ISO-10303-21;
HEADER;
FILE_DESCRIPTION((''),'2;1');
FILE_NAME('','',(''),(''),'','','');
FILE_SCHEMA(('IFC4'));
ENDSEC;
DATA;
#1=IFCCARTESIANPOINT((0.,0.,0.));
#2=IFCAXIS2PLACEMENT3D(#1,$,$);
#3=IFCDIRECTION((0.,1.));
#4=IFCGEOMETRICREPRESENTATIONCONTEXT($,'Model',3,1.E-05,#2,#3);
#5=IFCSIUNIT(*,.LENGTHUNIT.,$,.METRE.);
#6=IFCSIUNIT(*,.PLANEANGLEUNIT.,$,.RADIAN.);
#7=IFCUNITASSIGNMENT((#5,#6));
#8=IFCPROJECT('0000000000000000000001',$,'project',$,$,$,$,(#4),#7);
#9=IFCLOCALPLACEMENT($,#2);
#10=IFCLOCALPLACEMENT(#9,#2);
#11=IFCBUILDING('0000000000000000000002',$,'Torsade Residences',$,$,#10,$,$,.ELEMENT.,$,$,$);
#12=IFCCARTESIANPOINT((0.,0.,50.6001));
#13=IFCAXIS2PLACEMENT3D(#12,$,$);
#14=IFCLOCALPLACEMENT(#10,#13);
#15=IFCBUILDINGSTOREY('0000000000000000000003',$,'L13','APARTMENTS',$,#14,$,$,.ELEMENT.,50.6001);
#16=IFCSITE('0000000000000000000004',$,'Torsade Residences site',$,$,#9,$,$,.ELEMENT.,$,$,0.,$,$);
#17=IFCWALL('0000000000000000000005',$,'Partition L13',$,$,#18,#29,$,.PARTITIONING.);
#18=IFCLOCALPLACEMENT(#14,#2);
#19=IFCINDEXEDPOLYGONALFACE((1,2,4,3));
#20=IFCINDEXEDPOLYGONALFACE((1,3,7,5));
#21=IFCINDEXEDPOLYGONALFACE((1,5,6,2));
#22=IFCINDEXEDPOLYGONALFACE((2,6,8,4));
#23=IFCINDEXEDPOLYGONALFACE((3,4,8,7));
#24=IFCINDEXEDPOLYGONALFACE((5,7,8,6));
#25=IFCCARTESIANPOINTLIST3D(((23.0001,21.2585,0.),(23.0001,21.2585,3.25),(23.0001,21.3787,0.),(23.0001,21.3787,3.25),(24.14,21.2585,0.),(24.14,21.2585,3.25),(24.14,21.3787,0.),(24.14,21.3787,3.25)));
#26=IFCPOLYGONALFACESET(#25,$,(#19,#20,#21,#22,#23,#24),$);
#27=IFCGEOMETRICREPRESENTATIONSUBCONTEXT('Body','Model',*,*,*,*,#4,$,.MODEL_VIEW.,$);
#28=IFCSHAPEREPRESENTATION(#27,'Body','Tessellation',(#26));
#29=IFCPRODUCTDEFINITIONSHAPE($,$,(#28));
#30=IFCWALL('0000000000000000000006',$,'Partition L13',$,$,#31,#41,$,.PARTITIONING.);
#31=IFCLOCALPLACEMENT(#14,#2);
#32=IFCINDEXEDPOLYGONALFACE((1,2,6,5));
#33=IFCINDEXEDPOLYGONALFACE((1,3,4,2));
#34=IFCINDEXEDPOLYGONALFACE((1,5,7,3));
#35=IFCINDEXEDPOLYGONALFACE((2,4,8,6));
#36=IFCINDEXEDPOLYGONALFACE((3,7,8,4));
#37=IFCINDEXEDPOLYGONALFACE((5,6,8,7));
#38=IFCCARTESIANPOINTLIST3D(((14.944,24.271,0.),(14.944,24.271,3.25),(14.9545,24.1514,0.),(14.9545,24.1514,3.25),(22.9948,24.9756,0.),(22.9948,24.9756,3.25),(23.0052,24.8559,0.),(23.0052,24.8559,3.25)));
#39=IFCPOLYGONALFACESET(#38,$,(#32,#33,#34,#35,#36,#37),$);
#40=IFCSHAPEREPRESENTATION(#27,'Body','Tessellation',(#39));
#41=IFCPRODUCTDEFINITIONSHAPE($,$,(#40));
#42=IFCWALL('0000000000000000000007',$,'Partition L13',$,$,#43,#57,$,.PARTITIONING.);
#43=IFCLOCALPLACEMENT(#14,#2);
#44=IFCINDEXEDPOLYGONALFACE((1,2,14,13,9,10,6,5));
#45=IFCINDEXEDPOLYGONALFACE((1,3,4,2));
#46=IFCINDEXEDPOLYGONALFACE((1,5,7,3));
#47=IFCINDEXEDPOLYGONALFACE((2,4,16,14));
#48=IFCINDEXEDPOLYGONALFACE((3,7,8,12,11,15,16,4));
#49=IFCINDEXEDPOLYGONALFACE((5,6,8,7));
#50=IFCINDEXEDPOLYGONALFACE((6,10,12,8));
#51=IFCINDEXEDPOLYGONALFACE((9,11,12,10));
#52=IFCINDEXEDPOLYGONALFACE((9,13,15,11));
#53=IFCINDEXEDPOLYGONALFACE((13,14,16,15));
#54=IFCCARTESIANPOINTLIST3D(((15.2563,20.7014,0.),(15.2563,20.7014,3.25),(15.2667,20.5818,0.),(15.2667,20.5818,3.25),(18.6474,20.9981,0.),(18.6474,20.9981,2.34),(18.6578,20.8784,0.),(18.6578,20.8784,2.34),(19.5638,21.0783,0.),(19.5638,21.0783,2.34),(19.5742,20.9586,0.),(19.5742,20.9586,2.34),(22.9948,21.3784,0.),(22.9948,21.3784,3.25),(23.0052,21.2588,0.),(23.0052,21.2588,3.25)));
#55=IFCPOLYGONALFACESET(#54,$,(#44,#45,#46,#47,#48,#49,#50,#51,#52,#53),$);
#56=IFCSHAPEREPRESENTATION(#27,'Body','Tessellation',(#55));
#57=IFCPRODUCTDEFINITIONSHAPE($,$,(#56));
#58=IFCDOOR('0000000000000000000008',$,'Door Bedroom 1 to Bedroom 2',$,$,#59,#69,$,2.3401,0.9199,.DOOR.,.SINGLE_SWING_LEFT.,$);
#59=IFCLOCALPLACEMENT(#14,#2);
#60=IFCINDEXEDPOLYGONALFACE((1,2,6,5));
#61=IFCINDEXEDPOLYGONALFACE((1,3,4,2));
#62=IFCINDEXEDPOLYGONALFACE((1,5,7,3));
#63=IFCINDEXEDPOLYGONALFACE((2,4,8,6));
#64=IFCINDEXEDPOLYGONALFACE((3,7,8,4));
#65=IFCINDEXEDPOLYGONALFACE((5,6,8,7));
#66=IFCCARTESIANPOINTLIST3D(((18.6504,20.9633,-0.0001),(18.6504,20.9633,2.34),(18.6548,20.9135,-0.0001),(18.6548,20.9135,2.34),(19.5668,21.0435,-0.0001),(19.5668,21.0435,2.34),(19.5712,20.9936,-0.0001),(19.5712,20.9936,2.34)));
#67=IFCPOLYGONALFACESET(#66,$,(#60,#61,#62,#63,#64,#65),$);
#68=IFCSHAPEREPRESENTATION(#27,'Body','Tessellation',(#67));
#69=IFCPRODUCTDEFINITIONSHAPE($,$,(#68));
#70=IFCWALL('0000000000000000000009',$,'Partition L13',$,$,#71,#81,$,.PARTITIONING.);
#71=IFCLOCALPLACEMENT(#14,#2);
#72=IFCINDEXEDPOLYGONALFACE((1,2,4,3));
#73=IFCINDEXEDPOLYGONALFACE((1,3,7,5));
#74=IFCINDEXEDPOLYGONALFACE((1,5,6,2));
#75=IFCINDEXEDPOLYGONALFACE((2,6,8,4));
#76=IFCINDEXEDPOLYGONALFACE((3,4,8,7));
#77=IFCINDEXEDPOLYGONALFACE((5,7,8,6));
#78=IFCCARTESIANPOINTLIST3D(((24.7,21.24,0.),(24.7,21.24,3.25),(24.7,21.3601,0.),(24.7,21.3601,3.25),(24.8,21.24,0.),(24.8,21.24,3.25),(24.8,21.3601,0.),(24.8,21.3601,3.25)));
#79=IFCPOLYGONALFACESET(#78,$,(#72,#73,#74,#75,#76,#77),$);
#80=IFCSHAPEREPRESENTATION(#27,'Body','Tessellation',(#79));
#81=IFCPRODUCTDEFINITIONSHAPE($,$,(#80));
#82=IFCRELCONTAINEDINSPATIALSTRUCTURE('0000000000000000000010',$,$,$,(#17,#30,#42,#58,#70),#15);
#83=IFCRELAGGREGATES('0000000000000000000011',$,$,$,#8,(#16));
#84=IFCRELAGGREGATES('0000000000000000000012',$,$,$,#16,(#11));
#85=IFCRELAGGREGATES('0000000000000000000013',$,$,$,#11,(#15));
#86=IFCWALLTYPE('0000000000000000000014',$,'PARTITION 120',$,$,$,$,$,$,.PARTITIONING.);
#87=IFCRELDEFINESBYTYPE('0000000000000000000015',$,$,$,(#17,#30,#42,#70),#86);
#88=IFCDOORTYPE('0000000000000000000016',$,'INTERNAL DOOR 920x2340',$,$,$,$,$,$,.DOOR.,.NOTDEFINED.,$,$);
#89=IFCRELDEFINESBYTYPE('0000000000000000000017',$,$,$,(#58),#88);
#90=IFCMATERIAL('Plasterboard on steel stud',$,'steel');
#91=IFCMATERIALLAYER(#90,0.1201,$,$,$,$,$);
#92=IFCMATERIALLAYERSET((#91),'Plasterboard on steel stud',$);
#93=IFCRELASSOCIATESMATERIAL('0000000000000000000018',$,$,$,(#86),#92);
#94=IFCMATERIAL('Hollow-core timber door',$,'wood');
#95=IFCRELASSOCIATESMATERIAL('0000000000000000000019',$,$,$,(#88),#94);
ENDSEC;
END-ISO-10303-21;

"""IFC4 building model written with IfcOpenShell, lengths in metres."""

from ifc_helpers import new_model, si_unit, direction, frame, frame_2d, origin, place, context, subcontext, project, spatial, rectangle, extrude, material, layer, layer_set, type_object, element, fill, save


model = new_model("IFC4")

# Units and contexts
model_context = context("Model", 3, precision=1e-05, world=origin(), true_north=direction((0.0, 1.0)))
body_context = subcontext(model_context, "Body", "Model", "MODEL_VIEW")
ifc_project = project(units=[si_unit("LENGTHUNIT", "METRE"), si_unit("PLANEANGLEUNIT", "RADIAN")], contexts=[model_context])

# Site, building, storey
site_placement = place(None, origin())
site = spatial("IfcSite", under=ifc_project, at=site_placement, Name="Torsade Residences site", CompositionType="ELEMENT", RefElevation=0.0)
building_placement = place(site_placement, origin())
building = spatial("IfcBuilding", under=site, at=building_placement, Name="Torsade Residences", CompositionType="ELEMENT")
storey_placement = place(building_placement, frame((0.0, 0.0, 50.6001)))
storey = spatial("IfcBuildingStorey", under=building, at=storey_placement, Name="L13", Description="APARTMENTS", CompositionType="ELEMENT", Elevation=50.6001)

# Shared definitions
ifc_material_1 = material(Name="Plasterboard on steel stud", Category="steel")
ifc_layer_1 = layer(ifc_material_1, 0.1201)
ifc_layer_set_1 = layer_set([ifc_layer_1], Name="Plasterboard on steel stud")
wall_type_1 = type_object("IfcWallType", Name="PARTITION 120", PredefinedType="PARTITIONING", material=ifc_layer_set_1)

# Shared definitions
ifc_material_2 = material(Name="Hollow-core timber door", Category="wood")
door_type_1 = type_object("IfcDoorType", Name="INTERNAL DOOR 920x2340", OperationType="NOTDEFINED", PredefinedType="DOOR", material=ifc_material_2)

# Walls
wall_1_placement = place(storey_placement, frame((24.1399, 21.3186, 0.0), z_axis=(0.0, 0.0, 1.0), x_axis=(-1.0, 0.0, 0.0)))
element("IfcWall", 1, at=wall_1_placement, inside=storey, type_object=wall_type_1, Name="Partition L13", PredefinedType="PARTITIONING", context=body_context, shape_type="SweptSolid", body=[
    extrude(rectangle(XDim=1.1399, YDim=0.1201, at=frame_2d((0.5698, 0.0))), origin(), (0.0, 0.0, 1.0), 3.25),
])
wall_2_placement = place(storey_placement, frame((23.0, 24.9158, 0.0), z_axis=(0.0, 0.0, 1.0), x_axis=(-0.996192, -0.087185, 0.0)))
element("IfcWall", 2, at=wall_2_placement, inside=storey, type_object=wall_type_1, Name="Partition L13", PredefinedType="PARTITIONING", context=body_context, shape_type="SweptSolid", body=[
    extrude(rectangle(XDim=8.0815, YDim=0.1201, at=frame_2d((4.0408, 0.0))), origin(), (0.0, 0.0, 1.0), 3.25),
])

# Wall, opening, door
wall_3_placement = place(storey_placement, frame((23.0, 21.3186, 0.0), z_axis=(0.0, 0.0, 1.0), x_axis=(-0.996195, -0.087152, 0.0)))
wall_3 = element("IfcWall", 3, at=wall_3_placement, inside=storey, type_object=wall_type_1, Name="Partition L13", PredefinedType="PARTITIONING", context=body_context, shape_type="SweptSolid", body=[
    extrude(rectangle(XDim=7.7681, YDim=0.1201, at=frame_2d((3.884, 0.0))), origin(), (0.0, 0.0, 1.0), 3.25),
])
opening_1_placement = place(wall_3_placement, frame((3.4441, 0.0, 0.0)))
opening_1 = element("IfcOpeningElement", 4, at=opening_1_placement, cuts=wall_3, PredefinedType="OPENING", context=body_context, shape_type="SweptSolid", body=[
    extrude(rectangle(XDim=0.9199, YDim=2.3401, at=frame_2d((0.46, 1.1699))), frame((0.0, 0.0701, 0.0), z_axis=(0.0, -1.0, 0.0), x_axis=(1.0, 0.0, 0.0)), (0.0, 0.0, 1.0), 0.1401),
])
door_1_placement = place(opening_1_placement, origin())
door_1 = element("IfcDoor", 5, at=door_1_placement, inside=storey, type_object=door_type_1, Name="Door Bedroom 1 to Bedroom 2", OperationType="SINGLE_SWING_LEFT", OverallHeight=2.3401, OverallWidth=0.9199, PredefinedType="DOOR", context=body_context, shape_type="SweptSolid", body=[
    extrude(rectangle(XDim=0.9199, YDim=2.3401, at=frame_2d((0.46, 1.1699))), frame((0.0, 0.0249, 0.0), z_axis=(0.0, -1.0, 0.0), x_axis=(1.0, 0.0, 0.0)), (0.0, 0.0, 1.0), 0.05),
])
fill(opening_1, door_1)

# Wall
wall_4_placement = place(storey_placement, frame((24.8, 21.3, 0.0), z_axis=(0.0, 0.0, 1.0), x_axis=(-1.0, 0.0, 0.0)))
element("IfcWall", 6, at=wall_4_placement, inside=storey, type_object=wall_type_1, Name="Partition L13", PredefinedType="PARTITIONING", context=body_context, shape_type="SweptSolid", body=[
    extrude(rectangle(XDim=0.1001, YDim=0.1201, at=frame_2d((0.05, 0.0))), origin(), (0.0, 0.0, 1.0), 3.25),
])

save(model, "model.ifc")
